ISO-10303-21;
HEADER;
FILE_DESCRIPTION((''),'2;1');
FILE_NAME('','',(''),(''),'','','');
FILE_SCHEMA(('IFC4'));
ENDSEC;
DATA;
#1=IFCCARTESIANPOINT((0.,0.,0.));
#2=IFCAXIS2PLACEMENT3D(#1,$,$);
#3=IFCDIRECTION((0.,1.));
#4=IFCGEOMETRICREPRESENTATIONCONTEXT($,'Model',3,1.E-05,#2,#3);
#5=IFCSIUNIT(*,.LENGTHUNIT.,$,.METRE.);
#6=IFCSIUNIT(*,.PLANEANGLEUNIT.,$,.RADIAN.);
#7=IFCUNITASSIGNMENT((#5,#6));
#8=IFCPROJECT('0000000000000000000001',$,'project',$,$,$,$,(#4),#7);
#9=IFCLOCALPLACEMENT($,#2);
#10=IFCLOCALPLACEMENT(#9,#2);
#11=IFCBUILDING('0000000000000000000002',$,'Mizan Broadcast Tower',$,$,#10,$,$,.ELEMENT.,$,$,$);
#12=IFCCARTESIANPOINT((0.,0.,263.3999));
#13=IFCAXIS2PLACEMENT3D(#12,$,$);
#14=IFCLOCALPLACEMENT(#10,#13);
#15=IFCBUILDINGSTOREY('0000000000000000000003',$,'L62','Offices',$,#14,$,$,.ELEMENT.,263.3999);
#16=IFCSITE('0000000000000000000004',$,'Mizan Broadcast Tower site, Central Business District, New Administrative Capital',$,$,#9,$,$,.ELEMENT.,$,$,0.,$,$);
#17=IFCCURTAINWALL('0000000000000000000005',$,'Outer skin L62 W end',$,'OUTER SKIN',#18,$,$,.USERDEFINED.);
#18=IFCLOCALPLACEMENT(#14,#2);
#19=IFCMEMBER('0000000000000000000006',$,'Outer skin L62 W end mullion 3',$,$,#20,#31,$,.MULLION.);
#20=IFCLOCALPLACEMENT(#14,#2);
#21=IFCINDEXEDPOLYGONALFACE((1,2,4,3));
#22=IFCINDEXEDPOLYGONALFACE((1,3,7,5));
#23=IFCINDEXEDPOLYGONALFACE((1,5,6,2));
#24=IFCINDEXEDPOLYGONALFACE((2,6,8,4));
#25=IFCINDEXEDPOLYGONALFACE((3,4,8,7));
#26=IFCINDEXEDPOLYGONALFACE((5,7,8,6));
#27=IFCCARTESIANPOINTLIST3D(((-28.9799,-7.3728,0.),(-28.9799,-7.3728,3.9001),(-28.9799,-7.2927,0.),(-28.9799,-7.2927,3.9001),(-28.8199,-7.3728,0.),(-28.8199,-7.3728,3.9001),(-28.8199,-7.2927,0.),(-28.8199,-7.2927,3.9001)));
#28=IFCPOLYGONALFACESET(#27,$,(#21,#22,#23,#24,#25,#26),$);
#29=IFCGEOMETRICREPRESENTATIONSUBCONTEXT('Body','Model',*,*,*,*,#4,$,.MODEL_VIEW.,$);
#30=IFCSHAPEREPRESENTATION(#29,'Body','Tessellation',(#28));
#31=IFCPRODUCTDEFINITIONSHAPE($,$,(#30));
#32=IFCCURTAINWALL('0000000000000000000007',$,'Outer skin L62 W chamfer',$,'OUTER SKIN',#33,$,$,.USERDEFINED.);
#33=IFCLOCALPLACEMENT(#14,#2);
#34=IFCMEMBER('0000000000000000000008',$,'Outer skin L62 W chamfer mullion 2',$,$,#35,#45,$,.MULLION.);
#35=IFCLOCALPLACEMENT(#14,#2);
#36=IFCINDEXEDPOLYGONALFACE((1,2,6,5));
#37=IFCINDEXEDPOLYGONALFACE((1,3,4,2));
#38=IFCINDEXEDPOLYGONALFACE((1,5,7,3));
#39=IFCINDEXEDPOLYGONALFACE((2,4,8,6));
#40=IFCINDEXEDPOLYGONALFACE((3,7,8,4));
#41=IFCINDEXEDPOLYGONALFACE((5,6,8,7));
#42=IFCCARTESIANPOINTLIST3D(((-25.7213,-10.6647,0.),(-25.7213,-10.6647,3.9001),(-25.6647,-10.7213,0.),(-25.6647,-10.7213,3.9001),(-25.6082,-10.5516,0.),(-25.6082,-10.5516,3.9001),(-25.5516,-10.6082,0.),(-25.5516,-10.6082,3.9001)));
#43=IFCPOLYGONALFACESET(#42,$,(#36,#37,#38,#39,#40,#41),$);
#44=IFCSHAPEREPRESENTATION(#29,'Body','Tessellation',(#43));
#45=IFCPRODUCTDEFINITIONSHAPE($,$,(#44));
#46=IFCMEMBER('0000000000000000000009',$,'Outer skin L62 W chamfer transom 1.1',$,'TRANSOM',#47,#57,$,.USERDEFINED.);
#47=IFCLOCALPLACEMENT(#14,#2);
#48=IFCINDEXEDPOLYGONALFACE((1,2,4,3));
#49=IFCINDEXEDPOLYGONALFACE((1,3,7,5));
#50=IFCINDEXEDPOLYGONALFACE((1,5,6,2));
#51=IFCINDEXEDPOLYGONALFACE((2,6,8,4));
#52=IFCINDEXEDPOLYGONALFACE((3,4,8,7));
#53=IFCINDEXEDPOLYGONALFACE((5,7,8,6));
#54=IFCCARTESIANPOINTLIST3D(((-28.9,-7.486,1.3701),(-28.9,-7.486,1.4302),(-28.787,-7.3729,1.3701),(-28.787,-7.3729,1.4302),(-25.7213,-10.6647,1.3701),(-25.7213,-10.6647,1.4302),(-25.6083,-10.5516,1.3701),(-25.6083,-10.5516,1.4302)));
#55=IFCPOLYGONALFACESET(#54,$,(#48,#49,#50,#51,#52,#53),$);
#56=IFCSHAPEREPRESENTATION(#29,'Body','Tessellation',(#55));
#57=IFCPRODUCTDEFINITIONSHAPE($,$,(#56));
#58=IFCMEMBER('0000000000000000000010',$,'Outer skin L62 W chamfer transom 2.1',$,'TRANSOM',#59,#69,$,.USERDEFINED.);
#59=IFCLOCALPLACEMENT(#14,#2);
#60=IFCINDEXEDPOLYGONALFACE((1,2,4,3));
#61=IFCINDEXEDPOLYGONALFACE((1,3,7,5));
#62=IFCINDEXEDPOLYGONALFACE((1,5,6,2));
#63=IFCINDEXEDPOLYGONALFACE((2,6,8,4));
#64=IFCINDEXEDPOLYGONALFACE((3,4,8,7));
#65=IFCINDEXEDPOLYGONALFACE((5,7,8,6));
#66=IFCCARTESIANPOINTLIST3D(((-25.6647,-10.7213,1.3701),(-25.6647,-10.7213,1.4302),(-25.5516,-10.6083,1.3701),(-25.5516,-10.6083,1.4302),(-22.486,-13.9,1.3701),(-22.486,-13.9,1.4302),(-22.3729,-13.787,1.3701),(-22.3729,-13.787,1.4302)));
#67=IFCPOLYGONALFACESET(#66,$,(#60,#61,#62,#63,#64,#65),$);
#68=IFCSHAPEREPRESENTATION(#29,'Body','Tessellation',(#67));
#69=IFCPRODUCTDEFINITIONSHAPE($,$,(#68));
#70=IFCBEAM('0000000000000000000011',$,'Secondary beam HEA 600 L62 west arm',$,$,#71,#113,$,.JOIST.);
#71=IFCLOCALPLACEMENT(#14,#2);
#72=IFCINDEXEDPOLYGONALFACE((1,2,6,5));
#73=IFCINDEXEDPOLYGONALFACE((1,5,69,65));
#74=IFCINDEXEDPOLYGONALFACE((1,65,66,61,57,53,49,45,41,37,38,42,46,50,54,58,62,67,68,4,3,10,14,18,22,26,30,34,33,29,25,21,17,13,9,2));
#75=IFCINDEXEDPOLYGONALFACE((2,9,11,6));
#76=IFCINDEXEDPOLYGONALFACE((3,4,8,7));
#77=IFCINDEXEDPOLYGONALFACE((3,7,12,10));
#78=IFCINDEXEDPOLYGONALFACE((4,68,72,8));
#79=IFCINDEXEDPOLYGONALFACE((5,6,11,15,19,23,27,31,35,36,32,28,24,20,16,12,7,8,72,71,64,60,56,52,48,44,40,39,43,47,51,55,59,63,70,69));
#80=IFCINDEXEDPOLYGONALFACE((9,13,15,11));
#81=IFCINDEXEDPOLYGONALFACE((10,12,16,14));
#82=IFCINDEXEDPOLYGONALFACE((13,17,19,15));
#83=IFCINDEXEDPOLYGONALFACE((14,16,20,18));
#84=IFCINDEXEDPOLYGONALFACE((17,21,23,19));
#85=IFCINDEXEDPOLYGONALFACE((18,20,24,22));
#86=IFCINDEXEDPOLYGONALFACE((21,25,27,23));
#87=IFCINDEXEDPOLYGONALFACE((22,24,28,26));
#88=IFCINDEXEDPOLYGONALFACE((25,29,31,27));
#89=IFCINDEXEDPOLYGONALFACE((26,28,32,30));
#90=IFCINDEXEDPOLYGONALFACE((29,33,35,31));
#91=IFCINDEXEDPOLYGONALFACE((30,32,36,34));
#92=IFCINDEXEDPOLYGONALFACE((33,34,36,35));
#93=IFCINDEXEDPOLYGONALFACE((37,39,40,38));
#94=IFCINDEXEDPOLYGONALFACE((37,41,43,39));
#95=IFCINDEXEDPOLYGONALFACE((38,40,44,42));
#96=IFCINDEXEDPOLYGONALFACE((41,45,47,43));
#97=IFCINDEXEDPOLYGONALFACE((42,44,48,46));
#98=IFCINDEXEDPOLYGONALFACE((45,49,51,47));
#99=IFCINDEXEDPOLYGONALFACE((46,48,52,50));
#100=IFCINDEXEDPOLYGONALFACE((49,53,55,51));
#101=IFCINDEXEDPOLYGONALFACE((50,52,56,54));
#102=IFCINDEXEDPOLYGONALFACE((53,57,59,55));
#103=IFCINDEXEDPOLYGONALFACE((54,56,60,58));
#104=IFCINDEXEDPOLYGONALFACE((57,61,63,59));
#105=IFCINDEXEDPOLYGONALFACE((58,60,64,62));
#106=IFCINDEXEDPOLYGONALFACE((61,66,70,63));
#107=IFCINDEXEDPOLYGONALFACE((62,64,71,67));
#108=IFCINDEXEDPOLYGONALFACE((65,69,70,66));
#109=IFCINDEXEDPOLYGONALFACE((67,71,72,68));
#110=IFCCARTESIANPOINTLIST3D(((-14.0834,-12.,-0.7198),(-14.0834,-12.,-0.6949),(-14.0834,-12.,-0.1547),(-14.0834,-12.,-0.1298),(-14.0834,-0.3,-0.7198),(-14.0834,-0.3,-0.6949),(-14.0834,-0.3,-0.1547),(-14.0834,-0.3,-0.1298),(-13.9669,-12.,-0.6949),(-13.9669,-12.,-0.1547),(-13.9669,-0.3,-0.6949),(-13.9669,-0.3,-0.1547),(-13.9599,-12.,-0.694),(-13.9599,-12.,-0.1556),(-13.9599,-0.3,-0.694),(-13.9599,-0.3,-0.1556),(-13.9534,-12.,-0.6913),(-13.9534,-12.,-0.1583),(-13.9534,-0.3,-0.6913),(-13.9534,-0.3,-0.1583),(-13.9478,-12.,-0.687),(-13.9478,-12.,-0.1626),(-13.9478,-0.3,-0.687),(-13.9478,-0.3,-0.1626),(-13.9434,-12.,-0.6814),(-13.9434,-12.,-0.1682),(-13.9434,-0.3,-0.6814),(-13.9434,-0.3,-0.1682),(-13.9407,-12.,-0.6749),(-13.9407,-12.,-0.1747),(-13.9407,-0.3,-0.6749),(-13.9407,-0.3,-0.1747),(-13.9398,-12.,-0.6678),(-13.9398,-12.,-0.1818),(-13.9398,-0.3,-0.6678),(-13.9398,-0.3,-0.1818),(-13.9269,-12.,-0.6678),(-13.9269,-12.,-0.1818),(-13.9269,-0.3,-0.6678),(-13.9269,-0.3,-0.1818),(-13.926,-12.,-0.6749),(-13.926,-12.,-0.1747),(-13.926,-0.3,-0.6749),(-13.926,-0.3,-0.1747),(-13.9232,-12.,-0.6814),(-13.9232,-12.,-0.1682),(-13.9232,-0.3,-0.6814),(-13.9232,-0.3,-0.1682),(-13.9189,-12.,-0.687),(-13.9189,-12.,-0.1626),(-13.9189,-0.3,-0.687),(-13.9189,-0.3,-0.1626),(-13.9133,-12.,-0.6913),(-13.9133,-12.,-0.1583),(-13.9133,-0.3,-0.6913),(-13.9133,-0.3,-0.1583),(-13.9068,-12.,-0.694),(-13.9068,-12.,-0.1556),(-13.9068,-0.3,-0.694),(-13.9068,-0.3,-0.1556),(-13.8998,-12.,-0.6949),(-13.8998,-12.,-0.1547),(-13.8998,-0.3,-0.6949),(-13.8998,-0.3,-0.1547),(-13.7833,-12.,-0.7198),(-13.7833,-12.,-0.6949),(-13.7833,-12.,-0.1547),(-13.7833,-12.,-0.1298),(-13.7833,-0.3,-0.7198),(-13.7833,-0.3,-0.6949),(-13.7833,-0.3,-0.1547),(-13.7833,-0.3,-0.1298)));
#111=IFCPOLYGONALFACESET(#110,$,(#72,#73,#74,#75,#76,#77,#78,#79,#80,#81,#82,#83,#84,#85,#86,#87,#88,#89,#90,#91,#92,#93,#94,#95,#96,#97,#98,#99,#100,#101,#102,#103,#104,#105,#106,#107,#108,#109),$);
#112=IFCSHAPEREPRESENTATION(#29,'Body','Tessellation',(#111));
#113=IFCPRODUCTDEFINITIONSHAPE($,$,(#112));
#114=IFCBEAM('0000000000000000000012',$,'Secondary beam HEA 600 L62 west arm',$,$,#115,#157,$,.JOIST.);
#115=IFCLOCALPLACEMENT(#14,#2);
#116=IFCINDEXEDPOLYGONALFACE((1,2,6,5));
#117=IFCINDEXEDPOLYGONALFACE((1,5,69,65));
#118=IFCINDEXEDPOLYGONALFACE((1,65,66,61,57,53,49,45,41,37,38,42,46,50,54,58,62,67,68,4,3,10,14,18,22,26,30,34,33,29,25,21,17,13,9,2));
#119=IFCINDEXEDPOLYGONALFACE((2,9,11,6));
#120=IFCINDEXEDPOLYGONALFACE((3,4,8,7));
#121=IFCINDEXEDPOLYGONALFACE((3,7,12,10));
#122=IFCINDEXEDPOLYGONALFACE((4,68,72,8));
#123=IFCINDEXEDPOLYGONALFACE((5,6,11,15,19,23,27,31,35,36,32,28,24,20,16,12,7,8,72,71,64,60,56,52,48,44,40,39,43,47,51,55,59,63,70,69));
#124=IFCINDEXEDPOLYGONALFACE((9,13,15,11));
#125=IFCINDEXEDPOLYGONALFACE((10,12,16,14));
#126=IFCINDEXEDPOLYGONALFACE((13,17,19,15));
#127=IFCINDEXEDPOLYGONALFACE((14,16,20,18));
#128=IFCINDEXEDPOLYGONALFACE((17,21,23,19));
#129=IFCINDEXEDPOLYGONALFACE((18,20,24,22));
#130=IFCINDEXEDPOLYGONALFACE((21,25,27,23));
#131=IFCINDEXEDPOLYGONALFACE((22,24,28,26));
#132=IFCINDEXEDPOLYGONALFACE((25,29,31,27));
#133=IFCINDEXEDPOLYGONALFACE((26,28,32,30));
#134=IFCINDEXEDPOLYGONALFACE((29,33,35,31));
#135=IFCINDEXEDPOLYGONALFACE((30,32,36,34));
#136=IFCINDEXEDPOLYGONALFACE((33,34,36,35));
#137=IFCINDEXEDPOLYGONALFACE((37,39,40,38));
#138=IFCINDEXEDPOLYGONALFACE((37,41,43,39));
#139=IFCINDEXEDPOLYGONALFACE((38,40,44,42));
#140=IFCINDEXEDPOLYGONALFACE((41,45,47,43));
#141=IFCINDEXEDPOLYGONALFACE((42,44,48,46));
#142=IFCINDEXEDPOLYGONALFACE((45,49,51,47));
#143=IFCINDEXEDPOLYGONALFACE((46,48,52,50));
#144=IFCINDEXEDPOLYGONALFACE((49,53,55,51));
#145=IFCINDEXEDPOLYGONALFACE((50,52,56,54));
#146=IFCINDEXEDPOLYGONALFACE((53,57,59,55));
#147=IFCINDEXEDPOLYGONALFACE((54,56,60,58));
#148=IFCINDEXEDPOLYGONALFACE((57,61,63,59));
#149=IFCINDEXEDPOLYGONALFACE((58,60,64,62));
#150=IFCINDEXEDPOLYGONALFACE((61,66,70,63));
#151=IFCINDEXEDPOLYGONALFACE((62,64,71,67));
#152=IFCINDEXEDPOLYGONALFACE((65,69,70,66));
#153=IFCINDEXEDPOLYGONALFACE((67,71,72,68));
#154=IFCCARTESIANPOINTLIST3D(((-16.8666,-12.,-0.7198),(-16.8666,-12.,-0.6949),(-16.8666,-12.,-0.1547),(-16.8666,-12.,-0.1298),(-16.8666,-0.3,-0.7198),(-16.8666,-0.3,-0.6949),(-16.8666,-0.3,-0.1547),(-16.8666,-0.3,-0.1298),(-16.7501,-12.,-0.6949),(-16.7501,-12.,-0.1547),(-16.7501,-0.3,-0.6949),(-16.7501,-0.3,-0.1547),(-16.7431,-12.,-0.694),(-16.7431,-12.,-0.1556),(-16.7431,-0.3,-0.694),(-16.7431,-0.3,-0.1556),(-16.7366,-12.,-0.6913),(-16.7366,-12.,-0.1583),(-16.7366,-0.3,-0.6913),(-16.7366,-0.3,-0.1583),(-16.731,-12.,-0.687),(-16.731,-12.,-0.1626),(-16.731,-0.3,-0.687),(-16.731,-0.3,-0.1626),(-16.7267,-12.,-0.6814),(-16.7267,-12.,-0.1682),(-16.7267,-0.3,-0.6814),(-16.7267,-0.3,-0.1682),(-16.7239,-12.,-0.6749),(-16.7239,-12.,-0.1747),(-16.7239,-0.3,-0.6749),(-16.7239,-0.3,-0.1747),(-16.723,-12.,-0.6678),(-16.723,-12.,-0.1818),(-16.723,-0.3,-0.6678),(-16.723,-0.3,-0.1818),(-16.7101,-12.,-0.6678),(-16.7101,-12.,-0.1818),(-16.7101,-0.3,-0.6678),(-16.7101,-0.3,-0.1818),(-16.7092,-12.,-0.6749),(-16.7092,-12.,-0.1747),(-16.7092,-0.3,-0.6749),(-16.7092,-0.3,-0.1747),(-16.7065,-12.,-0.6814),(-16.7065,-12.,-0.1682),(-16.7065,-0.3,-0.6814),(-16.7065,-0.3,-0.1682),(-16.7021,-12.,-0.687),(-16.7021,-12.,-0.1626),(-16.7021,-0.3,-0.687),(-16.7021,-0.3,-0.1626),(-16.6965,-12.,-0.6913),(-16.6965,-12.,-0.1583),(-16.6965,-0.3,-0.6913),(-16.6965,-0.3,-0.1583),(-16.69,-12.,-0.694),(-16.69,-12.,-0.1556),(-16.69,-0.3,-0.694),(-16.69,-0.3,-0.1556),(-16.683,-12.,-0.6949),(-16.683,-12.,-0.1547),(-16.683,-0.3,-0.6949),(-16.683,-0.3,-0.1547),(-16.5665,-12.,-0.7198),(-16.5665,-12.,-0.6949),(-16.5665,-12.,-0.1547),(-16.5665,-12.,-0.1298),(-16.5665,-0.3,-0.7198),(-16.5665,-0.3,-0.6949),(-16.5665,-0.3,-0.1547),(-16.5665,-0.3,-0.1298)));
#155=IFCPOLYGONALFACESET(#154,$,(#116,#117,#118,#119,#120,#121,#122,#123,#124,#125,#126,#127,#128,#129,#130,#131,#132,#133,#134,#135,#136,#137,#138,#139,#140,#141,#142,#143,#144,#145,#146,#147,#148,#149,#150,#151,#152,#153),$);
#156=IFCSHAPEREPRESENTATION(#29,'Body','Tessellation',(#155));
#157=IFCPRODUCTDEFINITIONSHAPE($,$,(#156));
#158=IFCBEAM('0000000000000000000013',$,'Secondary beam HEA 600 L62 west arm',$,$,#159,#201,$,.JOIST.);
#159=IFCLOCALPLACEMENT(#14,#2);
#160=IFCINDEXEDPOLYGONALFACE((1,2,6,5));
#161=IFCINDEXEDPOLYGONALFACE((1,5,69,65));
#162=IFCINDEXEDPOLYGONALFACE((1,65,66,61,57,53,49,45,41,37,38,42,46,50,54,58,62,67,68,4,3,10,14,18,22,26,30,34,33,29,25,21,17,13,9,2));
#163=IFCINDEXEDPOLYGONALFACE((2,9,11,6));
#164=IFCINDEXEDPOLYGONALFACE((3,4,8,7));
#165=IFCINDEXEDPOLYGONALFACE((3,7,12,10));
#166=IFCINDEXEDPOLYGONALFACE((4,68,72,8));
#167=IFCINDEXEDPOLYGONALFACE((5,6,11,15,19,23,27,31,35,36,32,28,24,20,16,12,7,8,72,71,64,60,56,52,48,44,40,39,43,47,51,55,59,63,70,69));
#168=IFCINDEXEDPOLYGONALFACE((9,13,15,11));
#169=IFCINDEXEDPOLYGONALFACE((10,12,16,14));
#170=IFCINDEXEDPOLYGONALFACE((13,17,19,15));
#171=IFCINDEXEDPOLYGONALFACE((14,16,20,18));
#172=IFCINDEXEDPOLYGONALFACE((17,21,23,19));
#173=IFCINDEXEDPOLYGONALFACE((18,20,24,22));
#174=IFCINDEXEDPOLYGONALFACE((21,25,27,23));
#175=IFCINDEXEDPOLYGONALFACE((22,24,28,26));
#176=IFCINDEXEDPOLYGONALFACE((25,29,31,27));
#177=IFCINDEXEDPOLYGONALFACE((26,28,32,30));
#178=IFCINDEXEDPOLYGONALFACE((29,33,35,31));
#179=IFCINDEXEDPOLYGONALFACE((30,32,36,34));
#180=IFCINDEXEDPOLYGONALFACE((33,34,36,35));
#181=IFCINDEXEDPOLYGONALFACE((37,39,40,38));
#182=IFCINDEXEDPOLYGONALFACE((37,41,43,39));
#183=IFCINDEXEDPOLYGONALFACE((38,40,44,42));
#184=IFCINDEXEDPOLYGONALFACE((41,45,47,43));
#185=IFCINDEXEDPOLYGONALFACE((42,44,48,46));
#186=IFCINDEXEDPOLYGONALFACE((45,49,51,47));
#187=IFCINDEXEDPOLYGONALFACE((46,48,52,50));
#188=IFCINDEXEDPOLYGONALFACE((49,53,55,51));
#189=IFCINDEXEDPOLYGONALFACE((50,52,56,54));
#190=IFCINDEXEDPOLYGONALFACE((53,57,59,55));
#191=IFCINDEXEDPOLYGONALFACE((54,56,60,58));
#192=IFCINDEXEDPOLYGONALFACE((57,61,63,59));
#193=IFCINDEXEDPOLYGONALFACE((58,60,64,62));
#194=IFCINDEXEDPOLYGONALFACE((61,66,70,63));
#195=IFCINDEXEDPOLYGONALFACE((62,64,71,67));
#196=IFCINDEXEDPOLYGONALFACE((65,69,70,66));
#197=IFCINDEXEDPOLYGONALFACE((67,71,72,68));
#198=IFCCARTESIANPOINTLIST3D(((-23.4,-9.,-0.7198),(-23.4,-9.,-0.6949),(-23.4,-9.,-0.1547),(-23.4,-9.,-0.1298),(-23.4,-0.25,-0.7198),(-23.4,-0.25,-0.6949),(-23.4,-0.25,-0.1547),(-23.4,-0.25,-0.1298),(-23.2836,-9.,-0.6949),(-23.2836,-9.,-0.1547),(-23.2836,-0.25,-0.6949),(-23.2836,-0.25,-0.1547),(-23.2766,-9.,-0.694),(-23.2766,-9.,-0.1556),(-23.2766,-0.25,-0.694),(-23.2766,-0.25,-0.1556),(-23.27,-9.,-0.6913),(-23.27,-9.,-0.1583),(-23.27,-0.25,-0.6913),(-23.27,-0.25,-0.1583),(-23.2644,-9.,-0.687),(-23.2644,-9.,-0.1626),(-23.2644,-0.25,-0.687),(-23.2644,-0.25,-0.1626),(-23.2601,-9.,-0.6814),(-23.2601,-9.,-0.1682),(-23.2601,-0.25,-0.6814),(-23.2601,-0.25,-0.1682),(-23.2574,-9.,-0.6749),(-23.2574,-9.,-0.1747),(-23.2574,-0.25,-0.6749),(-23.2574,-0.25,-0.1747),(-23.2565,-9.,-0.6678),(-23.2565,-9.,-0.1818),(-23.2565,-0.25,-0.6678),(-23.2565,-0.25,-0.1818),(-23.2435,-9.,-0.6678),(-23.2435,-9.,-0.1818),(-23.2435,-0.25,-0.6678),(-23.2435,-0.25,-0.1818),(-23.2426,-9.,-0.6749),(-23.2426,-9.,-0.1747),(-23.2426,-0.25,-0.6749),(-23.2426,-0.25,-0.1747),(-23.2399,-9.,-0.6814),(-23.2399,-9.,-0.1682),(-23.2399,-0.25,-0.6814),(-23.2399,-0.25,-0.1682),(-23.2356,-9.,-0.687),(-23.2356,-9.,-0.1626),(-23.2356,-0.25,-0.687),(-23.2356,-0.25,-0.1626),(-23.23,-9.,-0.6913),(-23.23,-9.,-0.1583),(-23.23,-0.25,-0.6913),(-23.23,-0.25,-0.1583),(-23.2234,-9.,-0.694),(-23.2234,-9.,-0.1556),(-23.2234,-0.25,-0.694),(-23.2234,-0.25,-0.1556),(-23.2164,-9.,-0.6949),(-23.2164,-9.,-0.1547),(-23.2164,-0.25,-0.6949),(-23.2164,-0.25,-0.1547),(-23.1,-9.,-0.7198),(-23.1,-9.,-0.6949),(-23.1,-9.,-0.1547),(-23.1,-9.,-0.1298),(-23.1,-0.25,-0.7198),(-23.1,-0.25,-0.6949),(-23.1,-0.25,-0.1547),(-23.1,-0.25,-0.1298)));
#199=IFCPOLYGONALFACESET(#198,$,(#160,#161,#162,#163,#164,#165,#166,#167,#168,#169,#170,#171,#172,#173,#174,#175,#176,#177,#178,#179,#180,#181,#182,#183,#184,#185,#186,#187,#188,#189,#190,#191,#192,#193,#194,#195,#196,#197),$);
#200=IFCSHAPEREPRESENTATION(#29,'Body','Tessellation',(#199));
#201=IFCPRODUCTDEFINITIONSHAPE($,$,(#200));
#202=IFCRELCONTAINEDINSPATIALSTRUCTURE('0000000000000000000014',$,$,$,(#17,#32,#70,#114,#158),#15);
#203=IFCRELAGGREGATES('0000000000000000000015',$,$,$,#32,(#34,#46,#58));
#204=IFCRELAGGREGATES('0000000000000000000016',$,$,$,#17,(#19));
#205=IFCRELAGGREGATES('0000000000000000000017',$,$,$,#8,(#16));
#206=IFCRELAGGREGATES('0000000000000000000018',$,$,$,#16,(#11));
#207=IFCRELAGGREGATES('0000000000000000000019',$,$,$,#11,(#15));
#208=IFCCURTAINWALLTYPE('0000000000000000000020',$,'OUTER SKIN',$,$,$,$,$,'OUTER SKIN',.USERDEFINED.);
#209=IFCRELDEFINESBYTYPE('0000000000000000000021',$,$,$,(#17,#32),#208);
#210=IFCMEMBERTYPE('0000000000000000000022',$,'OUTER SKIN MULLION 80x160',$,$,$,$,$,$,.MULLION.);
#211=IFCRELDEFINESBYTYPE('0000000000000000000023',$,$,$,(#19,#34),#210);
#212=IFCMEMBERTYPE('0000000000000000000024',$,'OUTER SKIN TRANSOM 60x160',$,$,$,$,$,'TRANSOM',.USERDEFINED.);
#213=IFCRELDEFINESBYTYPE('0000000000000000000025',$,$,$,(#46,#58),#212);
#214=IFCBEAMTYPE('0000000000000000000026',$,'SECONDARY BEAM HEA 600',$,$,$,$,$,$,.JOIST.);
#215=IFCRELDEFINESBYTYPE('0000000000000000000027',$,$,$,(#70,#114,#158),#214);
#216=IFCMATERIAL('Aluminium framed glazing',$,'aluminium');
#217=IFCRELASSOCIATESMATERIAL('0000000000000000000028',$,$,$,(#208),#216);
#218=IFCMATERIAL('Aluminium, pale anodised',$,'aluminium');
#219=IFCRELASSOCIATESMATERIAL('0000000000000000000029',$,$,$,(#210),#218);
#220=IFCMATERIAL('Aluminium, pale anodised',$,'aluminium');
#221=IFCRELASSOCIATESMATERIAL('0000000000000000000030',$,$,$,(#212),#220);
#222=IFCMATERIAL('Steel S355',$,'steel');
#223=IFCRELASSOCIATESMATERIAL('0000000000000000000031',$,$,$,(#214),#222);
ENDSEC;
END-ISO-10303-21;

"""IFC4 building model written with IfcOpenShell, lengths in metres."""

from ifc_helpers import new_model, si_unit, direction, frame, origin, origin_2d, place, context, subcontext, project, spatial, rectangle, i_section, extrude, material, material_profile, profile_set, type_object, element, aggregate, save


model = new_model("IFC4")

# Units and contexts
model_context = context("Model", 3, precision=1e-05, world=origin(), true_north=direction((0.0, 1.0)))
body_context = subcontext(model_context, "Body", "Model", "MODEL_VIEW")
ifc_project = project(units=[si_unit("LENGTHUNIT", "METRE"), si_unit("PLANEANGLEUNIT", "RADIAN")], contexts=[model_context])

# Site, building, storey
site_placement = place(None, origin())
site = spatial("IfcSite", under=ifc_project, at=site_placement, Name="Mizan Broadcast Tower site, Central Business District, New Administrative Capital", CompositionType="ELEMENT", RefElevation=0.0)
building_placement = place(site_placement, origin())
building = spatial("IfcBuilding", under=site, at=building_placement, Name="Mizan Broadcast Tower", CompositionType="ELEMENT")
storey_placement = place(building_placement, frame((0.0, 0.0, 263.3999)))
storey = spatial("IfcBuildingStorey", under=building, at=storey_placement, Name="L62", Description="Offices", CompositionType="ELEMENT", Elevation=263.3999)

# Curtain wall, member
ifc_material_1 = material(Name="Aluminium framed glazing", Category="aluminium")
curtain_wall_type_1 = type_object("IfcCurtainWallType", Name="OUTER SKIN", ElementType="OUTER SKIN", PredefinedType="USERDEFINED", material=ifc_material_1)
curtain_wall_1_placement = place(storey_placement, origin())
curtain_wall_1 = element("IfcCurtainWall", 1, at=curtain_wall_1_placement, inside=storey, type_object=curtain_wall_type_1, Name="Outer skin L62 W end", ObjectType="OUTER SKIN", PredefinedType="USERDEFINED")
ifc_material_2 = material(Name="Aluminium, pale anodised", Category="aluminium")
ifc_material_profile_1 = material_profile(ifc_material_2, rectangle(XDim=0.1599, YDim=0.0801, at=origin_2d()), Name="MULLION 160x80")
ifc_profile_set_1 = profile_set([ifc_material_profile_1], Name="Aluminium, pale anodised")
member_type_1 = type_object("IfcMemberType", Name="OUTER SKIN MULLION 80x160", PredefinedType="MULLION", material=ifc_profile_set_1)
member_1_placement = place(storey_placement, frame((-28.8999, -7.3328, 0.0), z_axis=(0.0, 0.0, 1.0), x_axis=(1.0, 0.0, 0.0)))
member_1 = element("IfcMember", 2, at=member_1_placement, type_object=member_type_1, Name="Outer skin L62 W end mullion 3", PredefinedType="MULLION", context=body_context, shape_type="SweptSolid", body=[
    extrude(rectangle(XDim=0.1599, YDim=0.0801, at=origin_2d()), origin(), (0.0, 0.0, 1.0), 3.9001),
])

# Curtain wall, members
curtain_wall_2_placement = place(storey_placement, origin())
curtain_wall_2 = element("IfcCurtainWall", 3, at=curtain_wall_2_placement, inside=storey, type_object=curtain_wall_type_1, Name="Outer skin L62 W chamfer", ObjectType="OUTER SKIN", PredefinedType="USERDEFINED")
member_2_placement = place(storey_placement, frame((-25.6365, -10.6365, 0.0), z_axis=(0.0, 0.0, 1.0), x_axis=(0.707107, 0.707107, 0.0)))
member_2 = element("IfcMember", 4, at=member_2_placement, type_object=member_type_1, Name="Outer skin L62 W chamfer mullion 2", PredefinedType="MULLION", context=body_context, shape_type="SweptSolid", body=[
    extrude(rectangle(XDim=0.1599, YDim=0.0801, at=origin_2d()), origin(), (0.0, 0.0, 1.0), 3.9001),
])
ifc_material_3 = material(Name="Aluminium, pale anodised", Category="aluminium")
ifc_material_profile_2 = material_profile(ifc_material_3, rectangle(XDim=0.1599, YDim=0.0601, at=origin_2d()), Name="TRANSOM 160x60")
ifc_profile_set_2 = profile_set([ifc_material_profile_2], Name="Aluminium, pale anodised")
member_type_2 = type_object("IfcMemberType", Name="OUTER SKIN TRANSOM 60x160", ElementType="TRANSOM", PredefinedType="USERDEFINED", material=ifc_profile_set_2)
member_3_placement = place(storey_placement, frame((-28.8435, -7.4294, 1.4001), z_axis=(0.707107, -0.707107, 0.0), x_axis=(0.707107, 0.707107, 0.0)))
member_3 = element("IfcMember", 5, at=member_3_placement, type_object=member_type_2, Name="Outer skin L62 W chamfer transom 1.1", ObjectType="TRANSOM", PredefinedType="USERDEFINED", context=body_context, shape_type="SweptSolid", body=[
    extrude(rectangle(XDim=0.1599, YDim=0.0601, at=origin_2d()), origin(), (0.0, 0.0, 1.0), 4.4954),
])
member_4_placement = place(storey_placement, frame((-25.6082, -10.6648, 1.4001), z_axis=(0.707107, -0.707107, 0.0), x_axis=(0.707107, 0.707107, 0.0)))
member_4 = element("IfcMember", 6, at=member_4_placement, type_object=member_type_2, Name="Outer skin L62 W chamfer transom 2.1", ObjectType="TRANSOM", PredefinedType="USERDEFINED", context=body_context, shape_type="SweptSolid", body=[
    extrude(rectangle(XDim=0.1599, YDim=0.0601, at=origin_2d()), origin(), (0.0, 0.0, 1.0), 4.4954),
])

# Beams
ifc_material_4 = material(Name="Steel S355", Category="steel")
ifc_material_profile_3 = material_profile(ifc_material_4, i_section(OverallWidth=0.3, OverallDepth=0.5901, WebThickness=0.0129, FlangeThickness=0.0249, FilletRadius=0.0271, at=origin_2d()), Name="HEA 600")
ifc_profile_set_3 = profile_set([ifc_material_profile_3], Name="Steel S355")
beam_type_1 = type_object("IfcBeamType", Name="SECONDARY BEAM HEA 600", PredefinedType="JOIST", material=ifc_profile_set_3)
for number, where, z_axis, x_axis, name in (
    (7, (-13.9333, -12.0, -0.4248), (0.0, 1.0, 0.0), (-1.0, 0.0, 0.0), "Secondary beam HEA 600 L62 west arm"),
    (8, (-16.7166, -12.0, -0.4248), (0.0, 1.0, 0.0), (-1.0, 0.0, 0.0), "Secondary beam HEA 600 L62 west arm"),
):
    element("IfcBeam", number, at=place(storey_placement, frame(where, z_axis=z_axis, x_axis=x_axis)), inside=storey, type_object=beam_type_1, Name=name, PredefinedType="JOIST", context=body_context, shape_type="SweptSolid", body=[
        extrude(i_section(OverallWidth=0.3, OverallDepth=0.5901, WebThickness=0.0129, FlangeThickness=0.0249, FilletRadius=0.0271, at=origin_2d()), origin(), (0.0, 0.0, 1.0), 11.7),
    ])
beam_1_placement = place(storey_placement, frame((-23.25, -9.0, -0.4248), z_axis=(0.0, 1.0, 0.0), x_axis=(-1.0, 0.0, 0.0)))
element("IfcBeam", 9, at=beam_1_placement, inside=storey, type_object=beam_type_1, Name="Secondary beam HEA 600 L62 west arm", PredefinedType="JOIST", context=body_context, shape_type="SweptSolid", body=[
    extrude(i_section(OverallWidth=0.3, OverallDepth=0.5901, WebThickness=0.0129, FlangeThickness=0.0249, FilletRadius=0.0271, at=origin_2d()), origin(), (0.0, 0.0, 1.0), 8.75),
])

aggregate(curtain_wall_2, [member_2, member_3, member_4])
aggregate(curtain_wall_1, [member_1])

save(model, "model.ifc")
